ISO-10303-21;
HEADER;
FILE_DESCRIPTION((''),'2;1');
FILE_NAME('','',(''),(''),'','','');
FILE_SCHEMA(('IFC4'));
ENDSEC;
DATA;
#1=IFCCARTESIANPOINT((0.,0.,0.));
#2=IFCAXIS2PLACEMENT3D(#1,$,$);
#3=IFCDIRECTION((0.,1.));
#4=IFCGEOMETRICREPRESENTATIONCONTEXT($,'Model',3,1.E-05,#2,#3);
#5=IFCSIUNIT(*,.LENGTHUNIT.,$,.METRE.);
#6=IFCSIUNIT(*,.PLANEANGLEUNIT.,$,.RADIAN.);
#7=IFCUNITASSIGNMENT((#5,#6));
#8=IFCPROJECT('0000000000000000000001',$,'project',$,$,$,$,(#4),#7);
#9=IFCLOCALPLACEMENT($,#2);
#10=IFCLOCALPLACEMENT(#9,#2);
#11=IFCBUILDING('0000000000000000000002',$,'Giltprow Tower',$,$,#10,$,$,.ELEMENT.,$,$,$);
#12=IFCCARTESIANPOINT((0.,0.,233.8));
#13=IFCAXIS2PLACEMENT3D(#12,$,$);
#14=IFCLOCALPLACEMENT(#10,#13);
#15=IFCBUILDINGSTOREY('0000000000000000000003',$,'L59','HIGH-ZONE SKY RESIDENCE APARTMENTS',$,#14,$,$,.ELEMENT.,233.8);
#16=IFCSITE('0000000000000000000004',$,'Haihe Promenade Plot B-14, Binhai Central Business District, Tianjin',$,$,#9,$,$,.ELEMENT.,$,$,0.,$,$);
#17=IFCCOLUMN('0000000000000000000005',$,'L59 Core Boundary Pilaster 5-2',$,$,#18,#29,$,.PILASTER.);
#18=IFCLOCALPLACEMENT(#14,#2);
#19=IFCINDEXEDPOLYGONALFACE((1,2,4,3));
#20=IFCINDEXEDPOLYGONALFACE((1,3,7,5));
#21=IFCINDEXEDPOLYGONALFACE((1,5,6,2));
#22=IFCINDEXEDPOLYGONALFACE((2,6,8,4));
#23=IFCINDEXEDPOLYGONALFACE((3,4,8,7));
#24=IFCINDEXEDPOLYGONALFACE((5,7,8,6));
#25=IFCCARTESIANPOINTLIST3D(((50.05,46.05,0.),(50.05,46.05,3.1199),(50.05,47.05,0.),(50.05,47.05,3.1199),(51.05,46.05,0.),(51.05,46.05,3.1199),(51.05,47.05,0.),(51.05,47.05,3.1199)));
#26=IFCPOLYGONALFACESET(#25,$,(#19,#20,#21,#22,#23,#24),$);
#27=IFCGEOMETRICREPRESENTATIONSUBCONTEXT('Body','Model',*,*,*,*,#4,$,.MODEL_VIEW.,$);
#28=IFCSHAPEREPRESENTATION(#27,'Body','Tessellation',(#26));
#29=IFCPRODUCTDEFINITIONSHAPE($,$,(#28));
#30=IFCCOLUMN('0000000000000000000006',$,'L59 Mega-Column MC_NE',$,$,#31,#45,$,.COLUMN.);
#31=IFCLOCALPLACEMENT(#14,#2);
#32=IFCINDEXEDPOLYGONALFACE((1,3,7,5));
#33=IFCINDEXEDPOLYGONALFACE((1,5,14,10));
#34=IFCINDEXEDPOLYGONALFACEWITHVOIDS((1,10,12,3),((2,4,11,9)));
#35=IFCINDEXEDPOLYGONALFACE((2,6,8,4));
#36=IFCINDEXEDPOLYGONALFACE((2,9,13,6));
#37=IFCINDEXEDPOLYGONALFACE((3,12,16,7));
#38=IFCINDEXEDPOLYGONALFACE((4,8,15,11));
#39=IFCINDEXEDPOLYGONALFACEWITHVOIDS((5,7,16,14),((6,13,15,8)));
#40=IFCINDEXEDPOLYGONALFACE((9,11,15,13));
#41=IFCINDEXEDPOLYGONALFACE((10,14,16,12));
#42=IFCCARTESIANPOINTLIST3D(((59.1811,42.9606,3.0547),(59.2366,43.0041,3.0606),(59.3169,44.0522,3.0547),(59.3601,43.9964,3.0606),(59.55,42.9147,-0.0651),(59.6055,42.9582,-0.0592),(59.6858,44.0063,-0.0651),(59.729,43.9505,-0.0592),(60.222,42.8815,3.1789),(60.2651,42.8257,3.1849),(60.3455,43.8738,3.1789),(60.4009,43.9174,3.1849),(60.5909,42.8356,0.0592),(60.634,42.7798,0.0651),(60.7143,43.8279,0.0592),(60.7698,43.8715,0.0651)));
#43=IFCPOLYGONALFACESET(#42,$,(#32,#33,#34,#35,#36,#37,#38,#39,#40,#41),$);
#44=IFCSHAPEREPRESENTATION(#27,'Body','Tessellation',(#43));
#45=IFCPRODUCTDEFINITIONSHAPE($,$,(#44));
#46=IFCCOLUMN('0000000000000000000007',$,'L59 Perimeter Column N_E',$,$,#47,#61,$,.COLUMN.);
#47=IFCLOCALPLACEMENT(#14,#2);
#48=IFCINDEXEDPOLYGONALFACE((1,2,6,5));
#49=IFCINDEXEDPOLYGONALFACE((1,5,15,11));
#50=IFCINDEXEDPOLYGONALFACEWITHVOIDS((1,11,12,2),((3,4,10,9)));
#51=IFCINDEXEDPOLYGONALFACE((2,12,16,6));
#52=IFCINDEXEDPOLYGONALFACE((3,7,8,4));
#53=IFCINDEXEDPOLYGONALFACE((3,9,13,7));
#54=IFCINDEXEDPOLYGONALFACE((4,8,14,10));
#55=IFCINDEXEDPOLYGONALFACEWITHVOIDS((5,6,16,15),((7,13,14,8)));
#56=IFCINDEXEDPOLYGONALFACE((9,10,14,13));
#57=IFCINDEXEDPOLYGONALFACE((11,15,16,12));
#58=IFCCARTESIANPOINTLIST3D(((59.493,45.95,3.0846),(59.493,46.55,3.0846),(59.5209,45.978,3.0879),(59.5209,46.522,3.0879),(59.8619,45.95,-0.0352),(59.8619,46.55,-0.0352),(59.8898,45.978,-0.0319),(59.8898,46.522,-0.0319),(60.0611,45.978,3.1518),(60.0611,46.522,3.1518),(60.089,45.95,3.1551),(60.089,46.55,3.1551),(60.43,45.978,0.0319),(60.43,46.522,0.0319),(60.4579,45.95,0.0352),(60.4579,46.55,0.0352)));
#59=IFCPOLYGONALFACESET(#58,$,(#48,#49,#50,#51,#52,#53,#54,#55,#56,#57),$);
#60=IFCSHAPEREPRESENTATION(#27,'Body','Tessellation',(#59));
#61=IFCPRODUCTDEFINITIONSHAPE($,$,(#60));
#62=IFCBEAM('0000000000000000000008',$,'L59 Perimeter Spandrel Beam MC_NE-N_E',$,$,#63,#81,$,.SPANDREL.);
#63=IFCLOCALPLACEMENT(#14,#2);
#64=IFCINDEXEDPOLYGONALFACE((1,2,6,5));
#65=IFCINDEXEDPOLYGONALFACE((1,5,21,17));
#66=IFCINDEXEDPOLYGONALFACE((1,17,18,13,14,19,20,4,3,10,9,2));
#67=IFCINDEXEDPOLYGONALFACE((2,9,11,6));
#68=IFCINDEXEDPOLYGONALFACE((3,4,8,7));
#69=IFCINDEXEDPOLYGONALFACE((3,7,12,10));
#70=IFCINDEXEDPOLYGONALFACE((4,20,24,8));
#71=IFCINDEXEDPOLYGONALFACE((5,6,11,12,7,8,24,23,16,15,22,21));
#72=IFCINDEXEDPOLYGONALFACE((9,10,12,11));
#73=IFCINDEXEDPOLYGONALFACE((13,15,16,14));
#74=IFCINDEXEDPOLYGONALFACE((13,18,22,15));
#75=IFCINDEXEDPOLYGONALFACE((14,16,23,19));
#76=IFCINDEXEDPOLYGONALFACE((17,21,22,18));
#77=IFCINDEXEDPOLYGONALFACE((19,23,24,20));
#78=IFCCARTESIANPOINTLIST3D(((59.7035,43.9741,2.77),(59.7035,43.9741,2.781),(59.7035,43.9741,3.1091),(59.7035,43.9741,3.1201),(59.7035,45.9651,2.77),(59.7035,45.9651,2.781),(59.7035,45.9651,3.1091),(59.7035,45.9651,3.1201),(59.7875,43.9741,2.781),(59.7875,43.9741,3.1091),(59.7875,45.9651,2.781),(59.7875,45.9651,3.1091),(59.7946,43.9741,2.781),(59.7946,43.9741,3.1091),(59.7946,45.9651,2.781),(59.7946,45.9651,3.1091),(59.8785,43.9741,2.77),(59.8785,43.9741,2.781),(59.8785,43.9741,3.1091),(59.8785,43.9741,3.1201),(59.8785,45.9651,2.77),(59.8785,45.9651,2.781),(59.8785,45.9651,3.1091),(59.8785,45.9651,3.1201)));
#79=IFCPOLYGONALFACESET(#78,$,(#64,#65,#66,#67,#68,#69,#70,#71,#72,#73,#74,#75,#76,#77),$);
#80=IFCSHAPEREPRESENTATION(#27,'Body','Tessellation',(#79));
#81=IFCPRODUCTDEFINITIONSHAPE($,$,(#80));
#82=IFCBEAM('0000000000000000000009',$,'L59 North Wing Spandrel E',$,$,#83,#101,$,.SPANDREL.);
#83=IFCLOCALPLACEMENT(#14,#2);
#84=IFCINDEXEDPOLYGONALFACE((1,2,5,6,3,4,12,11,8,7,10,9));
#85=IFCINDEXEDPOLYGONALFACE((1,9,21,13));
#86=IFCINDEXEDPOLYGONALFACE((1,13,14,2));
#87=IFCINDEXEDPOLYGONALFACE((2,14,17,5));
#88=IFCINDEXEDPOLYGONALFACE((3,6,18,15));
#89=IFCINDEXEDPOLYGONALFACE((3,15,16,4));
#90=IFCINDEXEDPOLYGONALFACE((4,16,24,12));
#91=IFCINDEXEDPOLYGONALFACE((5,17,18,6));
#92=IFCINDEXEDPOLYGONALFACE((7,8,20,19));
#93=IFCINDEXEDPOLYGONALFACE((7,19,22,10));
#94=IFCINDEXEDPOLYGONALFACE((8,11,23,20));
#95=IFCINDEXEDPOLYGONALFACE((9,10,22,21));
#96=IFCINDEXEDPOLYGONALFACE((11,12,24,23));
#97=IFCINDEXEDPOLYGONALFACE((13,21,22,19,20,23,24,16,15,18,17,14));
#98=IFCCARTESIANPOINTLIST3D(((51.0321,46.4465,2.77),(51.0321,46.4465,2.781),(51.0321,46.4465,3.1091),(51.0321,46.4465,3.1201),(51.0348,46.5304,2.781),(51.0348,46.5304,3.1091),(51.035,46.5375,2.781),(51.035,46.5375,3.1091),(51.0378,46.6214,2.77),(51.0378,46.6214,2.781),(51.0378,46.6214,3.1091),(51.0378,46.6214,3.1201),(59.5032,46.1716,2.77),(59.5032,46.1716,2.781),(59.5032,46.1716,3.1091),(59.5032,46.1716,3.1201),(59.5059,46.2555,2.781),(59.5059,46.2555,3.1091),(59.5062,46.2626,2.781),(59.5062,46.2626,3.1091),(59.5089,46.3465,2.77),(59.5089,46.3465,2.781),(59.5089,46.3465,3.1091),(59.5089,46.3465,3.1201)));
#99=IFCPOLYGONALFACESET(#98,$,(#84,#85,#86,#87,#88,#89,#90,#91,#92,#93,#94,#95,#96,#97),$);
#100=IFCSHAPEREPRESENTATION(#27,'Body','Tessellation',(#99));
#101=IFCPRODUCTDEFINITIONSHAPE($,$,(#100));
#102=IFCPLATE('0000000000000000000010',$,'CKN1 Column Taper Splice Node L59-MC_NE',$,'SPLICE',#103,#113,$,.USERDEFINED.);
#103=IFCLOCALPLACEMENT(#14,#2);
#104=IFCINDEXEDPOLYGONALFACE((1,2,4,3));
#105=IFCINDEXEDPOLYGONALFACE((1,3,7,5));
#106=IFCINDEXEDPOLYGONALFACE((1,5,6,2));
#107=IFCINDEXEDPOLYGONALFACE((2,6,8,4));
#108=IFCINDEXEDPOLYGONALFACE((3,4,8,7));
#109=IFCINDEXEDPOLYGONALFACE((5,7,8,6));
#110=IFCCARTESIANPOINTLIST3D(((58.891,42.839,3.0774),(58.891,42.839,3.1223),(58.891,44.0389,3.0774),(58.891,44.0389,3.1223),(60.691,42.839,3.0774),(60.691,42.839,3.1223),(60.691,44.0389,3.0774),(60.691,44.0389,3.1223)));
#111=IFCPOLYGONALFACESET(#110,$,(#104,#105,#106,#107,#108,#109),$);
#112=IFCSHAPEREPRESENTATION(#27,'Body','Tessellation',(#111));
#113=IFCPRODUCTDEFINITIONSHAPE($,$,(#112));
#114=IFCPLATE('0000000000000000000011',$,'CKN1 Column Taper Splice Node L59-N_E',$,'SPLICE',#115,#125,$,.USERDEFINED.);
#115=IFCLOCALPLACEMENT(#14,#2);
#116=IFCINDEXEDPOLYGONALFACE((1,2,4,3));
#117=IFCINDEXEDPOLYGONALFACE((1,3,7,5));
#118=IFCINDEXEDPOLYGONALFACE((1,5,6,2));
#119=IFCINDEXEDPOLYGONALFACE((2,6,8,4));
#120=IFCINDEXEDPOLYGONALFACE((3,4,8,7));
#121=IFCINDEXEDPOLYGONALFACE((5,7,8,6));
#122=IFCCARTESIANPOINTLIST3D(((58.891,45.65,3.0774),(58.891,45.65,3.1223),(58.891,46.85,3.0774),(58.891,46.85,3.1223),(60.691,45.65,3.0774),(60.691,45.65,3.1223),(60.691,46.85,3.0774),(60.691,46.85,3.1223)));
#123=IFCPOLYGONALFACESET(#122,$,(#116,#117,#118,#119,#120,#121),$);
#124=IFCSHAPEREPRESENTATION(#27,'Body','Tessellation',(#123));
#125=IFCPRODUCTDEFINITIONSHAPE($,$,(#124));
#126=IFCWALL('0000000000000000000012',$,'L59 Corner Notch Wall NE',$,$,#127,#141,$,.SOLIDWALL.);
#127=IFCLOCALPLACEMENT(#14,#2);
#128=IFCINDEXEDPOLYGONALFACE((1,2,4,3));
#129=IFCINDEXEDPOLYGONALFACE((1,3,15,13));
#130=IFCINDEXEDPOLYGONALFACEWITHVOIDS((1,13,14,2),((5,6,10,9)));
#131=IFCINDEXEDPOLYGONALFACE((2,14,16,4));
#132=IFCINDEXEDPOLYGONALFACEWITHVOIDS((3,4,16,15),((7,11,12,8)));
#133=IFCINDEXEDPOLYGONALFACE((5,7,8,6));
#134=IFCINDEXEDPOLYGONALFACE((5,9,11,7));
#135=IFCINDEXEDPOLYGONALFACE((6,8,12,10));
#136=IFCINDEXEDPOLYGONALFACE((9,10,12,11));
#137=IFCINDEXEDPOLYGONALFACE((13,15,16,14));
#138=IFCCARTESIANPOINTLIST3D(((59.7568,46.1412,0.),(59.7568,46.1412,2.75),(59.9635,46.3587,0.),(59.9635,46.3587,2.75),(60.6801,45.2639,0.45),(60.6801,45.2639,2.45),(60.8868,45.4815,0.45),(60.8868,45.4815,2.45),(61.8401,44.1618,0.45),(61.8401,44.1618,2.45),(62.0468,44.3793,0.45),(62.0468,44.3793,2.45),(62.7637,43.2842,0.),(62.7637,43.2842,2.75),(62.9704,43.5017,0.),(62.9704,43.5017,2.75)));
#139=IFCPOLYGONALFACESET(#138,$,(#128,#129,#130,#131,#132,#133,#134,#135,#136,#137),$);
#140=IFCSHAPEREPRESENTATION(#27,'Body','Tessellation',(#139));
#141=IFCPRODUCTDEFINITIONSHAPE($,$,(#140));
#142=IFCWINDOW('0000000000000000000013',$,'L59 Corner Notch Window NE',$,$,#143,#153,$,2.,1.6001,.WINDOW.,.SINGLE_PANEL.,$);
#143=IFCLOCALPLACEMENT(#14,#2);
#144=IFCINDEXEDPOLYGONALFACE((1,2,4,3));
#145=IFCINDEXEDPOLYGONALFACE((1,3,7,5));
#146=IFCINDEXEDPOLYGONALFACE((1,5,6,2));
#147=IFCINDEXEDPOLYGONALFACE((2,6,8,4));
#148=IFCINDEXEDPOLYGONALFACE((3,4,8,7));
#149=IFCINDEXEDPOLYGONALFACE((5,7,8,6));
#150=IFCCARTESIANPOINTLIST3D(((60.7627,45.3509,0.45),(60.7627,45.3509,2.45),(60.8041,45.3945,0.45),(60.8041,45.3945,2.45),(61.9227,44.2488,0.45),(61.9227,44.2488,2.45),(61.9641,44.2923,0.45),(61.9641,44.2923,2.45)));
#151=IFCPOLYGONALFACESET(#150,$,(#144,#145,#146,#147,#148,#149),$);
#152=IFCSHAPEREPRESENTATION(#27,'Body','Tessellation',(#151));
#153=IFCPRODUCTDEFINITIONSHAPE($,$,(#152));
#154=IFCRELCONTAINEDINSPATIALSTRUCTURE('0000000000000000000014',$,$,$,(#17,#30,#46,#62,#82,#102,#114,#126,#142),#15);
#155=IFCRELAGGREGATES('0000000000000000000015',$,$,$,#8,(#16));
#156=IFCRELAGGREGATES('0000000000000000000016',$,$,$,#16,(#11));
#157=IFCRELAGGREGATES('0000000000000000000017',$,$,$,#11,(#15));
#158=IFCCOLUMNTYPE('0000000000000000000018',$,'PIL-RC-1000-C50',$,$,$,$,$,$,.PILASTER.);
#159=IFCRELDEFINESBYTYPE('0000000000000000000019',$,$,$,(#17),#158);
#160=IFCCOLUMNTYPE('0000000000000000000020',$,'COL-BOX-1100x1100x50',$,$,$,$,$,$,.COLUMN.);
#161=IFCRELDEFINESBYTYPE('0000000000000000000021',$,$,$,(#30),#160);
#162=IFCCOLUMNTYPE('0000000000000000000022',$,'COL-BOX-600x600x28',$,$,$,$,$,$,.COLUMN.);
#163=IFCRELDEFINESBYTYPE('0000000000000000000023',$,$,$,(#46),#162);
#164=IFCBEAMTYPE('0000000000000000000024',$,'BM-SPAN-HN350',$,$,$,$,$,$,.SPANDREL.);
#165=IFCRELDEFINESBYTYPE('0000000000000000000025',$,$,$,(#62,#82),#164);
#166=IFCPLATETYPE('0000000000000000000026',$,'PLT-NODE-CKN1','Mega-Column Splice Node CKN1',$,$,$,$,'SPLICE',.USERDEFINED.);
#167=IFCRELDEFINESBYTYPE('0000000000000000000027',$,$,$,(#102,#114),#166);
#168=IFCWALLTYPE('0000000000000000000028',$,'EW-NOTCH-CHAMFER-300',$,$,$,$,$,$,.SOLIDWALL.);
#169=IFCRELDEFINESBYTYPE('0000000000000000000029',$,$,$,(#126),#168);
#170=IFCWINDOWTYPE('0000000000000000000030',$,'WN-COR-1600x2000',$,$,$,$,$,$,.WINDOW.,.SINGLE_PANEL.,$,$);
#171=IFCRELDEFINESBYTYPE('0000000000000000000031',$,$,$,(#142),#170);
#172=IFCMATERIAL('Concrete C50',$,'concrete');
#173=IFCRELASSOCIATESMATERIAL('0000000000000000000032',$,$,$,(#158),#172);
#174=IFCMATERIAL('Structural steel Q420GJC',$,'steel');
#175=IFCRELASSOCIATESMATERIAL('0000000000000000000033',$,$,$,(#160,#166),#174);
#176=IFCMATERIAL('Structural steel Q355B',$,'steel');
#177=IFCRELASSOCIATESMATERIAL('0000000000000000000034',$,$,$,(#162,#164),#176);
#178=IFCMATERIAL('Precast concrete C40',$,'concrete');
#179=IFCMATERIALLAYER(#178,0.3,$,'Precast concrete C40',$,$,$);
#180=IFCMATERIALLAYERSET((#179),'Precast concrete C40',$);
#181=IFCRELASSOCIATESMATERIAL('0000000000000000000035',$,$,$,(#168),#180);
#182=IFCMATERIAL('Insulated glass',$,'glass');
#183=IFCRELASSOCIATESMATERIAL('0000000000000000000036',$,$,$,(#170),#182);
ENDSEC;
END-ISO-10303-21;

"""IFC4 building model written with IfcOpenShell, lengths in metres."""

from ifc_helpers import new_model, si_unit, direction, frame, frame_2d, origin, origin_2d, place, context, subcontext, project, spatial, rectangle, hollow_rectangle, i_section, extrude, source, transform, mapped, material, layer, layer_set, material_profile, profile_set, type_object, element, fill, save


model = new_model("IFC4")

# Units and contexts
model_context = context("Model", 3, precision=1e-05, world=origin(), true_north=direction((0.0, 1.0)))
body_context = subcontext(model_context, "Body", "Model", "MODEL_VIEW")
ifc_project = project(units=[si_unit("LENGTHUNIT", "METRE"), si_unit("PLANEANGLEUNIT", "RADIAN")], contexts=[model_context])

# Site, building, storey
site_placement = place(None, origin())
site = spatial("IfcSite", under=ifc_project, at=site_placement, Name="Haihe Promenade Plot B-14, Binhai Central Business District, Tianjin", CompositionType="ELEMENT", RefElevation=0.0)
building_placement = place(site_placement, origin())
building = spatial("IfcBuilding", under=site, at=building_placement, Name="Giltprow Tower", CompositionType="ELEMENT")
storey_placement = place(building_placement, frame((0.0, 0.0, 233.8)))
storey = spatial("IfcBuildingStorey", under=building, at=storey_placement, Name="L59", Description="HIGH-ZONE SKY RESIDENCE APARTMENTS", CompositionType="ELEMENT", Elevation=233.8)

# Columns
ifc_material_1 = material(Name="Concrete C50", Category="concrete")
ifc_material_profile_1 = material_profile(ifc_material_1, rectangle(XDim=1.0, YDim=1.0, at=origin_2d()), Name="RC 1000x1000")
ifc_profile_set_1 = profile_set([ifc_material_profile_1], Name="Concrete C50")
column_type_1 = type_object("IfcColumnType", Name="PIL-RC-1000-C50", PredefinedType="PILASTER", material=ifc_profile_set_1)
shared_shape_1 = source(origin(), body_context, "Body", "SweptSolid", [
    extrude(rectangle(XDim=1.0, YDim=1.0, at=origin_2d()), origin(), (0.0, 0.0, 1.0), 3.1199),
])
column_1_placement = place(storey_placement, frame((50.55, 46.55, 0.0), z_axis=(0.0, 0.0, 1.0), x_axis=(1.0, 0.0, 0.0)))
element("IfcColumn", 1, at=column_1_placement, inside=storey, type_object=column_type_1, Name="L59 Core Boundary Pilaster 5-2", PredefinedType="PILASTER", context=body_context, shape_type="MappedRepresentation", body=[
    mapped(shared_shape_1, transform((0.0, 0.0, 0.0), x_axis=(1.0, 0.0, 0.0), y_axis=(0.0, 1.0, 0.0), z_axis=(0.0, 0.0, 1.0), scale=1.0)),
])
ifc_material_2 = material(Name="Structural steel Q420GJC", Category="steel")
ifc_material_profile_2 = material_profile(ifc_material_2, hollow_rectangle(XDim=1.1001, YDim=1.1001, WallThickness=0.05, at=origin_2d()), Name="BOX 1100x1100x50")
ifc_profile_set_2 = profile_set([ifc_material_profile_2], Name="Structural steel Q420GJC")
column_type_2 = type_object("IfcColumnType", Name="COL-BOX-1100x1100x50", PredefinedType="COLUMN", material=ifc_profile_set_2)
shared_shape_2 = source(origin(), body_context, "Body", "SweptSolid", [
    extrude(hollow_rectangle(XDim=1.1001, YDim=1.1001, WallThickness=0.05, at=origin_2d()), origin(), (0.0, 0.0, 1.0), 3.1418),
])
column_2_placement = place(storey_placement, frame((60.1599, 43.3931, 0.0), z_axis=(-0.11741, 0.014608, 0.992976), x_axis=(-0.123469, -0.992348, 0.0)))
element("IfcColumn", 2, at=column_2_placement, inside=storey, type_object=column_type_2, Name="L59 Mega-Column MC_NE", PredefinedType="COLUMN", context=body_context, shape_type="MappedRepresentation", body=[
    mapped(shared_shape_2, transform((0.0, 0.0, 0.0), x_axis=(1.0, 0.0, 0.0), y_axis=(0.0, 1.0, 0.0), z_axis=(0.0, 0.0, 1.0), scale=1.0)),
])
ifc_material_3 = material(Name="Structural steel Q355B", Category="steel")
ifc_material_profile_3 = material_profile(ifc_material_3, hollow_rectangle(XDim=0.6001, YDim=0.6001, WallThickness=0.0281, at=origin_2d()), Name="BOX 600x600x28")
ifc_profile_set_3 = profile_set([ifc_material_profile_3], Name="Structural steel Q355B")
column_type_3 = type_object("IfcColumnType", Name="COL-BOX-600x600x28", PredefinedType="COLUMN", material=ifc_profile_set_3)
shared_shape_3 = source(origin(), body_context, "Body", "SweptSolid", [
    extrude(hollow_rectangle(XDim=0.6001, YDim=0.6001, WallThickness=0.0281, at=origin_2d()), origin(), (0.0, 0.0, 1.0), 3.1416),
])
column_3_placement = place(storey_placement, frame((60.1599, 46.25, 0.0), z_axis=(-0.117423, 0.0, 0.993082), x_axis=(0.0, -1.0, 0.0)))
element("IfcColumn", 3, at=column_3_placement, inside=storey, type_object=column_type_3, Name="L59 Perimeter Column N_E", PredefinedType="COLUMN", context=body_context, shape_type="MappedRepresentation", body=[
    mapped(shared_shape_3, transform((0.0, 0.0, 0.0), x_axis=(1.0, 0.0, 0.0), y_axis=(0.0, 1.0, 0.0), z_axis=(0.0, 0.0, 1.0), scale=1.0)),
])

# Beams
ifc_material_profile_4 = material_profile(ifc_material_3, i_section(OverallWidth=0.175, OverallDepth=0.3501, WebThickness=0.0071, FlangeThickness=0.011, at=origin_2d()), Name="HN 350x175x7x11")
ifc_profile_set_4 = profile_set([ifc_material_profile_4], Name="Structural steel Q355B")
beam_type = type_object("IfcBeamType", Name="BM-SPAN-HN350", PredefinedType="SPANDREL", material=ifc_profile_set_4)
shared_shape_4 = source(origin(), body_context, "Body", "SweptSolid", [
    extrude(i_section(OverallWidth=0.175, OverallDepth=0.3501, WebThickness=0.0071, FlangeThickness=0.011, at=origin_2d()), origin(), (0.0, 0.0, 1.0), 1.991),
])
beam_1_placement = place(storey_placement, frame((59.791, 43.9741, 2.9451), z_axis=(0.0, 1.0, 0.0), x_axis=(-1.0, 0.0, 0.0)))
element("IfcBeam", 4, at=beam_1_placement, inside=storey, type_object=beam_type, Name="L59 Perimeter Spandrel Beam MC_NE-N_E", PredefinedType="SPANDREL", context=body_context, shape_type="MappedRepresentation", body=[
    mapped(shared_shape_4, transform((0.0, 0.0, 0.0), x_axis=(1.0, 0.0, 0.0), y_axis=(0.0, 1.0, 0.0), z_axis=(0.0, 0.0, 1.0), scale=1.0)),
])
shared_shape_5 = source(origin(), body_context, "Body", "SweptSolid", [
    extrude(i_section(OverallWidth=0.175, OverallDepth=0.3501, WebThickness=0.0071, FlangeThickness=0.011, at=origin_2d()), origin(), (0.0, 0.0, 1.0), 8.4756),
])
beam_2_placement = place(storey_placement, frame((51.0349, 46.5339, 2.9451), z_axis=(0.999474, -0.032434, 0.0), x_axis=(0.032434, 0.999474, 0.0)))
element("IfcBeam", 5, at=beam_2_placement, inside=storey, type_object=beam_type, Name="L59 North Wing Spandrel E", PredefinedType="SPANDREL", context=body_context, shape_type="MappedRepresentation", body=[
    mapped(shared_shape_5, transform((0.0, 0.0, 0.0), x_axis=(1.0, 0.0, 0.0), y_axis=(0.0, 1.0, 0.0), z_axis=(0.0, 0.0, 1.0), scale=1.0)),
])

# Plates
plate_type = type_object("IfcPlateType", Name="PLT-NODE-CKN1", Description="Mega-Column Splice Node CKN1", ElementType="SPLICE", PredefinedType="USERDEFINED", material=ifc_material_2)
shared_shape_6 = source(origin(), body_context, "Body", "SweptSolid", [
    extrude(rectangle(XDim=1.8, YDim=1.2, at=origin_2d()), origin(), (0.0, 0.0, 1.0), 0.0449),
])
for number, where, z_axis, x_axis, name in (
    (6, (59.791, 43.439, 3.0774), (0.0, 0.0, 1.0), (1.0, 0.0, 0.0), "CKN1 Column Taper Splice Node L59-MC_NE"),
    (7, (59.791, 46.25, 3.0774), (0.0, 0.0, 1.0), (1.0, 0.0, 0.0), "CKN1 Column Taper Splice Node L59-N_E"),
):
    element("IfcPlate", number, at=place(storey_placement, frame(where, z_axis=z_axis, x_axis=x_axis)), inside=storey, type_object=plate_type, Name=name, ObjectType="SPLICE", PredefinedType="USERDEFINED", context=body_context, shape_type="MappedRepresentation", body=[
        mapped(shared_shape_6, transform((0.0, 0.0, 0.0), x_axis=(1.0, 0.0, 0.0), y_axis=(0.0, 1.0, 0.0), z_axis=(0.0, 0.0, 1.0), scale=1.0)),
    ])

# Wall, opening, window
ifc_material_4 = material(Name="Precast concrete C40", Category="concrete")
ifc_layer_1 = layer(ifc_material_4, 0.3, Name="Precast concrete C40")
ifc_layer_set_1 = layer_set([ifc_layer_1], Name="Precast concrete C40")
wall_type_1 = type_object("IfcWallType", Name="EW-NOTCH-CHAMFER-300", PredefinedType="SOLIDWALL", material=ifc_layer_set_1)
wall_1_placement = place(storey_placement, frame((62.8669, 43.3931, 0.0), z_axis=(0.0, 0.0, 1.0), x_axis=(-0.724947, 0.688805, 0.0)))
wall_1 = element("IfcWall", 8, at=wall_1_placement, inside=storey, type_object=wall_type_1, Name="L59 Corner Notch Wall NE", PredefinedType="SOLIDWALL", context=body_context, shape_type="SweptSolid", body=[
    extrude(rectangle(XDim=4.1477, YDim=0.3, at=frame_2d((2.0737, 0.0))), origin(), (0.0, 0.0, 1.0), 2.75),
])
opening_1_placement = place(wall_1_placement, frame((1.2739, 0.0, 0.45)))
opening_1 = element("IfcOpeningElement", 9, at=opening_1_placement, cuts=wall_1, PredefinedType="OPENING", context=body_context, shape_type="SweptSolid", body=[
    extrude(rectangle(XDim=1.6001, YDim=2.0, at=frame_2d((0.8, 1.0))), frame((0.0, 0.1599, 0.0), z_axis=(0.0, -1.0, 0.0), x_axis=(1.0, 0.0, 0.0)), (0.0, 0.0, 1.0), 0.3201),
])
ifc_material_5 = material(Name="Insulated glass", Category="glass")
window_type = type_object("IfcWindowType", Name="WN-COR-1600x2000", PartitioningType="SINGLE_PANEL", PredefinedType="WINDOW", material=ifc_material_5)
shared_shape_7 = source(origin(), body_context, "Body", "SweptSolid", [
    extrude(rectangle(XDim=1.6001, YDim=2.0, at=frame_2d((0.8, 1.0))), frame((0.0, 0.03, 0.0), z_axis=(0.0, -1.0, 0.0), x_axis=(1.0, 0.0, 0.0)), (0.0, 0.0, 1.0), 0.0601),
])
window_1_placement = place(opening_1_placement, origin())
window_1 = element("IfcWindow", 10, at=window_1_placement, inside=storey, type_object=window_type, Name="L59 Corner Notch Window NE", OverallHeight=2.0, OverallWidth=1.6001, PartitioningType="SINGLE_PANEL", PredefinedType="WINDOW", context=body_context, shape_type="MappedRepresentation", body=[
    mapped(shared_shape_7, transform((0.0, 0.0, 0.0), x_axis=(1.0, 0.0, 0.0), y_axis=(0.0, 1.0, 0.0), z_axis=(0.0, 0.0, 1.0), scale=1.0)),
])
fill(opening_1, window_1)

save(model, "model.ifc")
